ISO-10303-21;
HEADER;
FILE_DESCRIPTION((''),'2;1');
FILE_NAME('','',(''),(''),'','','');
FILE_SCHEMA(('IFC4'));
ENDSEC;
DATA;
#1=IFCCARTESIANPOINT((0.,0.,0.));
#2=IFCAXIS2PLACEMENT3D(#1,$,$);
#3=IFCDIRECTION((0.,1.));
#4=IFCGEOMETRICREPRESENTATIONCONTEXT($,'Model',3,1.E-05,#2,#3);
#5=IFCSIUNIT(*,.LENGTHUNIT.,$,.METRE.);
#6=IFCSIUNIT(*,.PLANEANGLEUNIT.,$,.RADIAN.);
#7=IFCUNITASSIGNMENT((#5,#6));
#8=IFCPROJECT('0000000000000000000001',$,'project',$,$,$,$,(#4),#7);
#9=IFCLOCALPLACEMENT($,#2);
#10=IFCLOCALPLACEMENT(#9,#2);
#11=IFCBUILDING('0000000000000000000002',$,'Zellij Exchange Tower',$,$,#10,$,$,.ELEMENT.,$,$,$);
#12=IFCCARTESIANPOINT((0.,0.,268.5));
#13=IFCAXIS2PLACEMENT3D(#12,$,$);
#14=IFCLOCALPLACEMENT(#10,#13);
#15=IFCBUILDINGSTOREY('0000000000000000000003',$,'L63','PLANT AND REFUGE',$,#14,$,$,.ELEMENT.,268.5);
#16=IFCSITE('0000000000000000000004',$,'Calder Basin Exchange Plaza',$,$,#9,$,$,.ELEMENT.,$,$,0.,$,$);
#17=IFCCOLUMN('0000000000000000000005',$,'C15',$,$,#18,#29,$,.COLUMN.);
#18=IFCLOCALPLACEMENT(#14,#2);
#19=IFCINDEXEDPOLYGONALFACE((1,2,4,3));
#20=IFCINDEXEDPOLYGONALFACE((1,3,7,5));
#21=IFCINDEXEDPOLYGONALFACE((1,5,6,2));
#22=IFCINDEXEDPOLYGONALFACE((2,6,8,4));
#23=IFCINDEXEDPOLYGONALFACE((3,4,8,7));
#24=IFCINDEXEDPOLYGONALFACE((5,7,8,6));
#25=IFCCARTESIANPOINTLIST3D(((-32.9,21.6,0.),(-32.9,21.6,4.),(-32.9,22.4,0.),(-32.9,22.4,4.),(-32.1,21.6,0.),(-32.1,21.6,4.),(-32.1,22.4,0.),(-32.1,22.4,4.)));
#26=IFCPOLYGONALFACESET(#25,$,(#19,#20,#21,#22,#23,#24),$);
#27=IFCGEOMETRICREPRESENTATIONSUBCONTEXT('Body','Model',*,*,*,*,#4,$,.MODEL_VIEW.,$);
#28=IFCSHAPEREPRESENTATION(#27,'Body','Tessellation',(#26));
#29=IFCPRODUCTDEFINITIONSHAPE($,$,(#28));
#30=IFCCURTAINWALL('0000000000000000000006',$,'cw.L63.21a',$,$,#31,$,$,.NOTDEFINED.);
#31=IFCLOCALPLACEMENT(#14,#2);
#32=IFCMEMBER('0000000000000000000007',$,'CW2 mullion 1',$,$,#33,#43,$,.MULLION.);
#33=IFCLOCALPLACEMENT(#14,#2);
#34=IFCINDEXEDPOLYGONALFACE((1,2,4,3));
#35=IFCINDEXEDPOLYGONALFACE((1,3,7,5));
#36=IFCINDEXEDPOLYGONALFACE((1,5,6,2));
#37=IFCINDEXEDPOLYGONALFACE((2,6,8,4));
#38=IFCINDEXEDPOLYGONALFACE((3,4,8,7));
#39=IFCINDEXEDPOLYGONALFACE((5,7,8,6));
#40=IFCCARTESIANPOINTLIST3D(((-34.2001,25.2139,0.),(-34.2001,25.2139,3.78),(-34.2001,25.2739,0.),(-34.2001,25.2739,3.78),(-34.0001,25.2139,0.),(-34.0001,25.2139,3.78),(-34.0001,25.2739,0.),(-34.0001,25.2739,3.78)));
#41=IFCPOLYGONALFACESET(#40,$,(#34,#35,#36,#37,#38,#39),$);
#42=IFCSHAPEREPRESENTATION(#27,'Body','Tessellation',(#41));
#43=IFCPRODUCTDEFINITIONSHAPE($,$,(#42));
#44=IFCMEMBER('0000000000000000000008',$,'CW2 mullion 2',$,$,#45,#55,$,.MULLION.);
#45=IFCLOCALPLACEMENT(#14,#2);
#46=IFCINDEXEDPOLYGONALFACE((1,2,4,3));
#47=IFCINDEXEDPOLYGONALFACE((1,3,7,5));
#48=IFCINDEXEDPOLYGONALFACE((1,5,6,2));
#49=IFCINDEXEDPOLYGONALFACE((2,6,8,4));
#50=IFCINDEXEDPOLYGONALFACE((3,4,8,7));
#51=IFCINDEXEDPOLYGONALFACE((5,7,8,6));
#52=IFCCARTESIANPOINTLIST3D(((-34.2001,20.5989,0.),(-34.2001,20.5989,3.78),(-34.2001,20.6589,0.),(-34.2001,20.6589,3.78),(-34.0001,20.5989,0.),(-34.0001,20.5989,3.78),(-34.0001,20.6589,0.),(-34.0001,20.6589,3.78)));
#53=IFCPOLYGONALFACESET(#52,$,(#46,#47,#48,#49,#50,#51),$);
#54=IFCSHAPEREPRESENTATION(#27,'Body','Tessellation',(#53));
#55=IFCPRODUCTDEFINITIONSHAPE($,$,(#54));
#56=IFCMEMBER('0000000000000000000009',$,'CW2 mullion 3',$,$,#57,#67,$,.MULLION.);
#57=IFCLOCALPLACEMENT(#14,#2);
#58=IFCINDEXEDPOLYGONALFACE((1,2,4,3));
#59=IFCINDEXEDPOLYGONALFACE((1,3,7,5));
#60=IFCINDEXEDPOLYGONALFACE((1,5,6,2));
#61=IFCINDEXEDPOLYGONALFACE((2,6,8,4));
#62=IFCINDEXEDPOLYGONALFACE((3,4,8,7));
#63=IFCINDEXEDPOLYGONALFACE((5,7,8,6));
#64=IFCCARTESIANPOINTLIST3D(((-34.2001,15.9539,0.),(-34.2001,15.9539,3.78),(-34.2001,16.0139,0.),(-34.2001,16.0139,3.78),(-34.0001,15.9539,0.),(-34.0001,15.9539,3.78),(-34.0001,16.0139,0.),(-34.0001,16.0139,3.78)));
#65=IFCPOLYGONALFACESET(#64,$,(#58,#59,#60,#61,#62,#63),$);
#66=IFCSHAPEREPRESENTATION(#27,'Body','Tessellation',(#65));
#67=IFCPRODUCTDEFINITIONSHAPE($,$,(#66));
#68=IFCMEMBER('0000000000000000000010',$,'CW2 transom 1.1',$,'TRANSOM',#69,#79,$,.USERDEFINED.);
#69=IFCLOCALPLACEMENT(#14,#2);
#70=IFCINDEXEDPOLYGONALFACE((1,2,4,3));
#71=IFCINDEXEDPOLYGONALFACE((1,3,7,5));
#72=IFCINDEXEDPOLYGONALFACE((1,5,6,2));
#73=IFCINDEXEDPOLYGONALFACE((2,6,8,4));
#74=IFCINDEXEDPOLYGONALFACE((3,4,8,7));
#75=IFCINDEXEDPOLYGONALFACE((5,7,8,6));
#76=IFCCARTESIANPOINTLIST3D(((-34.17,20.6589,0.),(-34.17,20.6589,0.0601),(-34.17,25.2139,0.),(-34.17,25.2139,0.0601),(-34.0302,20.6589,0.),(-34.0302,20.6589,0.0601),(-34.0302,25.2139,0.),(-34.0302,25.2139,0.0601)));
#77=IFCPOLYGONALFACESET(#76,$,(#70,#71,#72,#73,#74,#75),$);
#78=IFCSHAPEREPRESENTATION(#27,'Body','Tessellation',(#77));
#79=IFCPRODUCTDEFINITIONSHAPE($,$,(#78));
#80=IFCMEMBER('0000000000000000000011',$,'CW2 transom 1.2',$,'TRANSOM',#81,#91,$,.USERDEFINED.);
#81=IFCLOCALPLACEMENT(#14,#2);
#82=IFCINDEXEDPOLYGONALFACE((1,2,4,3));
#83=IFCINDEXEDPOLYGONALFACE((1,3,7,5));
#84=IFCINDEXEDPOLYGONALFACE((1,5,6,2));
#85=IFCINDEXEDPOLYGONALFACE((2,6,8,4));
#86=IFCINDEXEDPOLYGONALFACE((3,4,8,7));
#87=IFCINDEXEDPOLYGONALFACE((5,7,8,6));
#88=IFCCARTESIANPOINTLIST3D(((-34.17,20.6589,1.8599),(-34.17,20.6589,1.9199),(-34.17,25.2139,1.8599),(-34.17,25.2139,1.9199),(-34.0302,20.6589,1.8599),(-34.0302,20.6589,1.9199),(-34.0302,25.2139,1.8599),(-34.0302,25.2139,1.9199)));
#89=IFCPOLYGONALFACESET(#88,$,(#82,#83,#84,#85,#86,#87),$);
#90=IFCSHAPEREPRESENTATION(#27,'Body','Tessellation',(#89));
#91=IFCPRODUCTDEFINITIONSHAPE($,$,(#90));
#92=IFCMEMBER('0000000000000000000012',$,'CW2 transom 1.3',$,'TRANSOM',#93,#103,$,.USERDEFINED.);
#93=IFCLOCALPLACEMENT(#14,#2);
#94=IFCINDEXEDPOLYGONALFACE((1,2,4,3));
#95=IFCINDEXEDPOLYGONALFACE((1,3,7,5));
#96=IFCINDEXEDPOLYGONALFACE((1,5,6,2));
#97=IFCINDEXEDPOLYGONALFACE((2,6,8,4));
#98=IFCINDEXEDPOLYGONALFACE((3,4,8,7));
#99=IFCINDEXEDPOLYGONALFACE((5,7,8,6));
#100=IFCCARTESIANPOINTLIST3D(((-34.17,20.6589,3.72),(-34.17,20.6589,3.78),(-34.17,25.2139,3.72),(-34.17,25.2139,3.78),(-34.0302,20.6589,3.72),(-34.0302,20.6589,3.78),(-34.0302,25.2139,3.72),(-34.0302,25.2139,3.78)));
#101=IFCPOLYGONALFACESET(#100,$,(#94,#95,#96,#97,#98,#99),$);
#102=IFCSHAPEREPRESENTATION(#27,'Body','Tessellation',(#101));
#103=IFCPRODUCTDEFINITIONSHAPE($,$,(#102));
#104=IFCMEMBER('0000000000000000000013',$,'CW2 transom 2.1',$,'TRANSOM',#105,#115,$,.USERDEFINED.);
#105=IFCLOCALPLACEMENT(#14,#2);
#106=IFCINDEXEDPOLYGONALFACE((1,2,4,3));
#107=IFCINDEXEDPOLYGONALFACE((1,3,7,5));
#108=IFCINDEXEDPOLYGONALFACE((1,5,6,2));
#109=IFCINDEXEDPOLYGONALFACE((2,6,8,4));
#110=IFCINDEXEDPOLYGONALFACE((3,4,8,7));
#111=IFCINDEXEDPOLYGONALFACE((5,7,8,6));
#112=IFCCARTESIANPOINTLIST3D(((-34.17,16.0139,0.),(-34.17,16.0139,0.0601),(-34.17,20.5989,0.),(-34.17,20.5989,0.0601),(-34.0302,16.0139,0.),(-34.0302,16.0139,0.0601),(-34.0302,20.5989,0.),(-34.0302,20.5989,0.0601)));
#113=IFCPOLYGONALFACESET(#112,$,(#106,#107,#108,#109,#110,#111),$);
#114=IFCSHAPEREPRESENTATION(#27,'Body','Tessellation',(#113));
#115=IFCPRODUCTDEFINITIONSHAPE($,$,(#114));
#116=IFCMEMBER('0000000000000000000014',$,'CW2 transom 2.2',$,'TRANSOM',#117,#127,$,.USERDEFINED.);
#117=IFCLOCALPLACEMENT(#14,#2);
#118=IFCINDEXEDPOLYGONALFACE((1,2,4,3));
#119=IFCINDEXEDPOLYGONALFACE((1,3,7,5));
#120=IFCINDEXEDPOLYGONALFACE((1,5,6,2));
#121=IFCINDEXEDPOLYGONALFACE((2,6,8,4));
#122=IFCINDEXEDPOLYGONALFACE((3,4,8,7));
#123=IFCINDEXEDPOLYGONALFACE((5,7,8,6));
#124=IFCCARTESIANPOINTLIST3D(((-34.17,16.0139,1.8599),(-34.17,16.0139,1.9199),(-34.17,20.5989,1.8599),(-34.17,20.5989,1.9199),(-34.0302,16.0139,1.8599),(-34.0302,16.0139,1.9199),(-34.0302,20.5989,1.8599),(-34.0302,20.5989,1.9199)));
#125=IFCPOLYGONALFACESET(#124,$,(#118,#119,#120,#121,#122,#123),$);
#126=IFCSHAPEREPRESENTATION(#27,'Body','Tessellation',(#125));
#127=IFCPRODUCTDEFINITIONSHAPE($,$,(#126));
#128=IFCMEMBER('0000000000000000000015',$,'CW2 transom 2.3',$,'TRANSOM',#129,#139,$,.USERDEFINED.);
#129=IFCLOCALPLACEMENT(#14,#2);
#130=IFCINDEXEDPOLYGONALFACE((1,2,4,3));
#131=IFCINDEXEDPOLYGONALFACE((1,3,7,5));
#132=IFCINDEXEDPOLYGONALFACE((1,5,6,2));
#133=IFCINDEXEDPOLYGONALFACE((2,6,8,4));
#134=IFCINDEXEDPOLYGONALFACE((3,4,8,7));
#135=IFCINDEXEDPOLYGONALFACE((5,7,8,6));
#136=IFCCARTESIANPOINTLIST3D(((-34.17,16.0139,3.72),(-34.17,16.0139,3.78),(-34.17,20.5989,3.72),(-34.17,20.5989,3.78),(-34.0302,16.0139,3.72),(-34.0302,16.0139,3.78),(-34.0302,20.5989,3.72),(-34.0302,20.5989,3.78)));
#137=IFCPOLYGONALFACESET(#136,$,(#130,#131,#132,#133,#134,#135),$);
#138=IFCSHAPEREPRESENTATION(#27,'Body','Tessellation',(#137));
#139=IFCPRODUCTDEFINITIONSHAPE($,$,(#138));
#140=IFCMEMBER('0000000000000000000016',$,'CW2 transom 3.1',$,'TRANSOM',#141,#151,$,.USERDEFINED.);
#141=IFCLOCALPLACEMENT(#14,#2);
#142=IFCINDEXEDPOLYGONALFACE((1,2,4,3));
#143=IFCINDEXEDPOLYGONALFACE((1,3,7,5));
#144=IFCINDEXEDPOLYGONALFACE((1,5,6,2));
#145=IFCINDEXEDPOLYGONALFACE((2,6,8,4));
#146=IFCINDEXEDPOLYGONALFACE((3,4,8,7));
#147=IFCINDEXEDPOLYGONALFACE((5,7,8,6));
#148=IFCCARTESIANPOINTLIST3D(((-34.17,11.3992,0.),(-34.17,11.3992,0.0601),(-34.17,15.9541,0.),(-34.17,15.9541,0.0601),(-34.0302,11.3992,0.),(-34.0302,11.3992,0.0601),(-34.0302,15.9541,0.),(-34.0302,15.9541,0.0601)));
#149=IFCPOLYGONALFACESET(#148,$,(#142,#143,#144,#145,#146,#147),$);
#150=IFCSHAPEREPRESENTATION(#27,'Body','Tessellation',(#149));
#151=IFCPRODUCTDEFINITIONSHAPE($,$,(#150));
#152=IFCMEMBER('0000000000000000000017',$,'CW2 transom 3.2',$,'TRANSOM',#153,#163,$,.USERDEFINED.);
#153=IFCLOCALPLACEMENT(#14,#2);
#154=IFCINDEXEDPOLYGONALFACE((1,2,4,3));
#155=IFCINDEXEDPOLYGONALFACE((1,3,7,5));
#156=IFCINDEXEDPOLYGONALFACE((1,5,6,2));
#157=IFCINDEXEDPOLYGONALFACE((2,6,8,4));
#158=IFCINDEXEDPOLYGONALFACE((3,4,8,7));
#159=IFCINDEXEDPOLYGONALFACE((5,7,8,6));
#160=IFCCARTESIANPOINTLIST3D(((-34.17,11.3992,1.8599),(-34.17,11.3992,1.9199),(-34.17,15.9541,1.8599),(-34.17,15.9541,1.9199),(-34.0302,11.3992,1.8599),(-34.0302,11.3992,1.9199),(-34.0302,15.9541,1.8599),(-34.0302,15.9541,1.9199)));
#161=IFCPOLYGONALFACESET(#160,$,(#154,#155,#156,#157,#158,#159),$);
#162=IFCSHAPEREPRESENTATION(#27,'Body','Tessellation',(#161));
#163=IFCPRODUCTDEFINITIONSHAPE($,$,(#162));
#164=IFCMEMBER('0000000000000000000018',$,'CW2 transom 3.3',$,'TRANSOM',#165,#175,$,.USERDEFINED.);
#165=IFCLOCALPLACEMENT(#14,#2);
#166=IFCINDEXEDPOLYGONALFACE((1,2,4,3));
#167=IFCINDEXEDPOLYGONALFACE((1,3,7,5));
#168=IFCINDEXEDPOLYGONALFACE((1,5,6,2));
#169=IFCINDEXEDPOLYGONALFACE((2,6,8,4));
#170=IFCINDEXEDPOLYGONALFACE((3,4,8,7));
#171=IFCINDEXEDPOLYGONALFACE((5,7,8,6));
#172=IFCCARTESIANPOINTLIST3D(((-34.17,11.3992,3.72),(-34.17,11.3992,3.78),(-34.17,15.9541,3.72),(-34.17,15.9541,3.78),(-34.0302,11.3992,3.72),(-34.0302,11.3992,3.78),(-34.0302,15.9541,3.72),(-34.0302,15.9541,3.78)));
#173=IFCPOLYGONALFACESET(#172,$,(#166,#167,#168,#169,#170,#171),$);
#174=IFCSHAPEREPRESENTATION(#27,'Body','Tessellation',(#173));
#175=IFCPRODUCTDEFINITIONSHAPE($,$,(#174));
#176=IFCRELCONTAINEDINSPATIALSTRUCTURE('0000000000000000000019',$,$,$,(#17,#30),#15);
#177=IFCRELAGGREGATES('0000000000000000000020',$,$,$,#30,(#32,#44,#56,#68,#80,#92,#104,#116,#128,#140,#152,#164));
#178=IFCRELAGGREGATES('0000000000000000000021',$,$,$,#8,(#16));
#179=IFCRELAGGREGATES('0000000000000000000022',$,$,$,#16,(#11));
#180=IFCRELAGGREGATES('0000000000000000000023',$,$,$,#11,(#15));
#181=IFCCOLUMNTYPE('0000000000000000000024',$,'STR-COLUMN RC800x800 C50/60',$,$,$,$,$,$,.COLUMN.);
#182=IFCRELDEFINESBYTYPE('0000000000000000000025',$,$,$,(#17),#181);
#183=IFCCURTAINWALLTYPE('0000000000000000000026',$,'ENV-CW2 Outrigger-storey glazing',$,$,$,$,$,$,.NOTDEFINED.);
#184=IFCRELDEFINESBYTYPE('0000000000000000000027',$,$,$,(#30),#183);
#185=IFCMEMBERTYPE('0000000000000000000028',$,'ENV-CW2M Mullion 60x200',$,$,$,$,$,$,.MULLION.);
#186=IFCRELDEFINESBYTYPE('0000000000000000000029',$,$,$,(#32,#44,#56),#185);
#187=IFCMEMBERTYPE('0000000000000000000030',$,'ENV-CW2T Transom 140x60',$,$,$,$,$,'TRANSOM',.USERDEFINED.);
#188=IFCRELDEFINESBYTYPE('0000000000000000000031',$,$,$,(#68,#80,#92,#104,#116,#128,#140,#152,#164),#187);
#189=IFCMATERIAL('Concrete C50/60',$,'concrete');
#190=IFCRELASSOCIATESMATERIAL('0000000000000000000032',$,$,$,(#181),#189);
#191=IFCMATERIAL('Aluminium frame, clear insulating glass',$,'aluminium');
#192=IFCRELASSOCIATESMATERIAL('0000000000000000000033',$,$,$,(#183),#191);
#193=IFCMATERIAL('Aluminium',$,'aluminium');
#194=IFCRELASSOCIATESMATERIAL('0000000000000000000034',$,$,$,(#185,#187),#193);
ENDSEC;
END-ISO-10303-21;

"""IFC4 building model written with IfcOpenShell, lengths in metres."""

from ifc_helpers import new_model, si_unit, direction, frame, origin, origin_2d, place, context, subcontext, project, spatial, rectangle, extrude, material, material_profile, profile_set, type_object, element, aggregate, save


model = new_model("IFC4")

# Units and contexts
model_context = context("Model", 3, precision=1e-05, world=origin(), true_north=direction((0.0, 1.0)))
body_context = subcontext(model_context, "Body", "Model", "MODEL_VIEW")
ifc_project = project(units=[si_unit("LENGTHUNIT", "METRE"), si_unit("PLANEANGLEUNIT", "RADIAN")], contexts=[model_context])

# Site, building, storey
site_placement = place(None, origin())
site = spatial("IfcSite", under=ifc_project, at=site_placement, Name="Calder Basin Exchange Plaza", CompositionType="ELEMENT", RefElevation=0.0)
building_placement = place(site_placement, origin())
building = spatial("IfcBuilding", under=site, at=building_placement, Name="Zellij Exchange Tower", CompositionType="ELEMENT")
storey_placement = place(building_placement, frame((0.0, 0.0, 268.5)))
storey = spatial("IfcBuildingStorey", under=building, at=storey_placement, Name="L63", Description="PLANT AND REFUGE", CompositionType="ELEMENT", Elevation=268.5)

# Column
ifc_material_1 = material(Name="Concrete C50/60", Category="concrete")
ifc_material_profile_1 = material_profile(ifc_material_1, rectangle(XDim=0.8, YDim=0.8, at=origin_2d()), Name="STR-COLUMN RC800x800 C50/60")
ifc_profile_set_1 = profile_set([ifc_material_profile_1], Name="Concrete C50/60")
column_type = type_object("IfcColumnType", Name="STR-COLUMN RC800x800 C50/60", PredefinedType="COLUMN", material=ifc_profile_set_1)
column_placement = place(storey_placement, frame((-32.5, 22.0, 0.0), z_axis=(0.0, 0.0, 1.0), x_axis=(1.0, 0.0, 0.0)))
element("IfcColumn", 1, at=column_placement, inside=storey, type_object=column_type, Name="C15", PredefinedType="COLUMN", context=body_context, shape_type="SweptSolid", body=[
    extrude(rectangle(XDim=0.8, YDim=0.8, at=origin_2d()), origin(), (0.0, 0.0, 1.0), 4.0),
])

# Curtain wall, members
ifc_material_2 = material(Name="Aluminium frame, clear insulating glass", Category="aluminium")
curtain_wall_type = type_object("IfcCurtainWallType", Name="ENV-CW2 Outrigger-storey glazing", PredefinedType="NOTDEFINED", material=ifc_material_2)
curtain_wall_placement = place(storey_placement, origin())
curtain_wall = element("IfcCurtainWall", 2, at=curtain_wall_placement, inside=storey, type_object=curtain_wall_type, Name="cw.L63.21a", PredefinedType="NOTDEFINED")
ifc_material_3 = material(Name="Aluminium", Category="aluminium")
ifc_material_profile_2 = material_profile(ifc_material_3, rectangle(XDim=0.0601, YDim=0.2, at=origin_2d()), Name="AL 60x200")
ifc_profile_set_2 = profile_set([ifc_material_profile_2], Name="Aluminium")
member_type_1 = type_object("IfcMemberType", Name="ENV-CW2M Mullion 60x200", PredefinedType="MULLION", material=ifc_profile_set_2)
member_1_placement = place(storey_placement, frame((-34.1001, 25.2439, 0.0), z_axis=(0.0, 0.0, 1.0), x_axis=(0.0, -1.0, 0.0)))
member_1 = element("IfcMember", 3, at=member_1_placement, type_object=member_type_1, Name="CW2 mullion 1", PredefinedType="MULLION", context=body_context, shape_type="SweptSolid", body=[
    extrude(rectangle(XDim=0.0601, YDim=0.2, at=origin_2d()), origin(), (0.0, 0.0, 1.0), 3.78),
])
member_2_placement = place(storey_placement, frame((-34.1001, 20.6289, 0.0), z_axis=(0.0, 0.0, 1.0), x_axis=(0.0, -1.0, 0.0)))
member_2 = element("IfcMember", 4, at=member_2_placement, type_object=member_type_1, Name="CW2 mullion 2", PredefinedType="MULLION", context=body_context, shape_type="SweptSolid", body=[
    extrude(rectangle(XDim=0.0601, YDim=0.2, at=origin_2d()), origin(), (0.0, 0.0, 1.0), 3.78),
])
member_3_placement = place(storey_placement, frame((-34.1001, 15.9839, 0.0), z_axis=(0.0, 0.0, 1.0), x_axis=(0.0, -1.0, 0.0)))
member_3 = element("IfcMember", 5, at=member_3_placement, type_object=member_type_1, Name="CW2 mullion 3", PredefinedType="MULLION", context=body_context, shape_type="SweptSolid", body=[
    extrude(rectangle(XDim=0.0601, YDim=0.2, at=origin_2d()), origin(), (0.0, 0.0, 1.0), 3.78),
])
ifc_material_profile_3 = material_profile(ifc_material_3, rectangle(XDim=0.1399, YDim=0.0601, at=origin_2d()), Name="AL 140x60")
ifc_profile_set_3 = profile_set([ifc_material_profile_3], Name="Aluminium")
member_type_2 = type_object("IfcMemberType", Name="ENV-CW2T Transom 140x60", ElementType="TRANSOM", PredefinedType="USERDEFINED", material=ifc_profile_set_3)
member_4_placement = place(storey_placement, frame((-34.1001, 25.2139, 0.03), z_axis=(0.0, -1.0, 0.0), x_axis=(1.0, 0.0, 0.0)))
member_4 = element("IfcMember", 6, at=member_4_placement, type_object=member_type_2, Name="CW2 transom 1.1", ObjectType="TRANSOM", PredefinedType="USERDEFINED", context=body_context, shape_type="SweptSolid", body=[
    extrude(rectangle(XDim=0.1399, YDim=0.0601, at=origin_2d()), origin(), (0.0, 0.0, 1.0), 4.5549),
])
member_5_placement = place(storey_placement, frame((-34.1001, 25.2139, 1.8899), z_axis=(0.0, -1.0, 0.0), x_axis=(1.0, 0.0, 0.0)))
member_5 = element("IfcMember", 7, at=member_5_placement, type_object=member_type_2, Name="CW2 transom 1.2", ObjectType="TRANSOM", PredefinedType="USERDEFINED", context=body_context, shape_type="SweptSolid", body=[
    extrude(rectangle(XDim=0.1399, YDim=0.0601, at=origin_2d()), origin(), (0.0, 0.0, 1.0), 4.5549),
])
member_6_placement = place(storey_placement, frame((-34.1001, 25.2139, 3.75), z_axis=(0.0, -1.0, 0.0), x_axis=(1.0, 0.0, 0.0)))
member_6 = element("IfcMember", 8, at=member_6_placement, type_object=member_type_2, Name="CW2 transom 1.3", ObjectType="TRANSOM", PredefinedType="USERDEFINED", context=body_context, shape_type="SweptSolid", body=[
    extrude(rectangle(XDim=0.1399, YDim=0.0601, at=origin_2d()), origin(), (0.0, 0.0, 1.0), 4.5549),
])
member_7_placement = place(storey_placement, frame((-34.1001, 20.5989, 0.03), z_axis=(0.0, -1.0, 0.0), x_axis=(1.0, 0.0, 0.0)))
member_7 = element("IfcMember", 9, at=member_7_placement, type_object=member_type_2, Name="CW2 transom 2.1", ObjectType="TRANSOM", PredefinedType="USERDEFINED", context=body_context, shape_type="SweptSolid", body=[
    extrude(rectangle(XDim=0.1399, YDim=0.0601, at=origin_2d()), origin(), (0.0, 0.0, 1.0), 4.585),
])
member_8_placement = place(storey_placement, frame((-34.1001, 20.5989, 1.8899), z_axis=(0.0, -1.0, 0.0), x_axis=(1.0, 0.0, 0.0)))
member_8 = element("IfcMember", 10, at=member_8_placement, type_object=member_type_2, Name="CW2 transom 2.2", ObjectType="TRANSOM", PredefinedType="USERDEFINED", context=body_context, shape_type="SweptSolid", body=[
    extrude(rectangle(XDim=0.1399, YDim=0.0601, at=origin_2d()), origin(), (0.0, 0.0, 1.0), 4.585),
])
member_9_placement = place(storey_placement, frame((-34.1001, 20.5989, 3.75), z_axis=(0.0, -1.0, 0.0), x_axis=(1.0, 0.0, 0.0)))
member_9 = element("IfcMember", 11, at=member_9_placement, type_object=member_type_2, Name="CW2 transom 2.3", ObjectType="TRANSOM", PredefinedType="USERDEFINED", context=body_context, shape_type="SweptSolid", body=[
    extrude(rectangle(XDim=0.1399, YDim=0.0601, at=origin_2d()), origin(), (0.0, 0.0, 1.0), 4.585),
])
member_10_placement = place(storey_placement, frame((-34.1001, 15.9541, 0.03), z_axis=(0.0, -1.0, 0.0), x_axis=(1.0, 0.0, 0.0)))
member_10 = element("IfcMember", 12, at=member_10_placement, type_object=member_type_2, Name="CW2 transom 3.1", ObjectType="TRANSOM", PredefinedType="USERDEFINED", context=body_context, shape_type="SweptSolid", body=[
    extrude(rectangle(XDim=0.1399, YDim=0.0601, at=origin_2d()), origin(), (0.0, 0.0, 1.0), 4.5549),
])
member_11_placement = place(storey_placement, frame((-34.1001, 15.9541, 1.8899), z_axis=(0.0, -1.0, 0.0), x_axis=(1.0, 0.0, 0.0)))
member_11 = element("IfcMember", 13, at=member_11_placement, type_object=member_type_2, Name="CW2 transom 3.2", ObjectType="TRANSOM", PredefinedType="USERDEFINED", context=body_context, shape_type="SweptSolid", body=[
    extrude(rectangle(XDim=0.1399, YDim=0.0601, at=origin_2d()), origin(), (0.0, 0.0, 1.0), 4.5549),
])
member_12_placement = place(storey_placement, frame((-34.1001, 15.9541, 3.75), z_axis=(0.0, -1.0, 0.0), x_axis=(1.0, 0.0, 0.0)))
member_12 = element("IfcMember", 14, at=member_12_placement, type_object=member_type_2, Name="CW2 transom 3.3", ObjectType="TRANSOM", PredefinedType="USERDEFINED", context=body_context, shape_type="SweptSolid", body=[
    extrude(rectangle(XDim=0.1399, YDim=0.0601, at=origin_2d()), origin(), (0.0, 0.0, 1.0), 4.5549),
])

aggregate(curtain_wall, [member_1, member_2, member_3, member_4, member_5, member_6, member_7, member_8, member_9, member_10, member_11, member_12])

save(model, "model.ifc")
